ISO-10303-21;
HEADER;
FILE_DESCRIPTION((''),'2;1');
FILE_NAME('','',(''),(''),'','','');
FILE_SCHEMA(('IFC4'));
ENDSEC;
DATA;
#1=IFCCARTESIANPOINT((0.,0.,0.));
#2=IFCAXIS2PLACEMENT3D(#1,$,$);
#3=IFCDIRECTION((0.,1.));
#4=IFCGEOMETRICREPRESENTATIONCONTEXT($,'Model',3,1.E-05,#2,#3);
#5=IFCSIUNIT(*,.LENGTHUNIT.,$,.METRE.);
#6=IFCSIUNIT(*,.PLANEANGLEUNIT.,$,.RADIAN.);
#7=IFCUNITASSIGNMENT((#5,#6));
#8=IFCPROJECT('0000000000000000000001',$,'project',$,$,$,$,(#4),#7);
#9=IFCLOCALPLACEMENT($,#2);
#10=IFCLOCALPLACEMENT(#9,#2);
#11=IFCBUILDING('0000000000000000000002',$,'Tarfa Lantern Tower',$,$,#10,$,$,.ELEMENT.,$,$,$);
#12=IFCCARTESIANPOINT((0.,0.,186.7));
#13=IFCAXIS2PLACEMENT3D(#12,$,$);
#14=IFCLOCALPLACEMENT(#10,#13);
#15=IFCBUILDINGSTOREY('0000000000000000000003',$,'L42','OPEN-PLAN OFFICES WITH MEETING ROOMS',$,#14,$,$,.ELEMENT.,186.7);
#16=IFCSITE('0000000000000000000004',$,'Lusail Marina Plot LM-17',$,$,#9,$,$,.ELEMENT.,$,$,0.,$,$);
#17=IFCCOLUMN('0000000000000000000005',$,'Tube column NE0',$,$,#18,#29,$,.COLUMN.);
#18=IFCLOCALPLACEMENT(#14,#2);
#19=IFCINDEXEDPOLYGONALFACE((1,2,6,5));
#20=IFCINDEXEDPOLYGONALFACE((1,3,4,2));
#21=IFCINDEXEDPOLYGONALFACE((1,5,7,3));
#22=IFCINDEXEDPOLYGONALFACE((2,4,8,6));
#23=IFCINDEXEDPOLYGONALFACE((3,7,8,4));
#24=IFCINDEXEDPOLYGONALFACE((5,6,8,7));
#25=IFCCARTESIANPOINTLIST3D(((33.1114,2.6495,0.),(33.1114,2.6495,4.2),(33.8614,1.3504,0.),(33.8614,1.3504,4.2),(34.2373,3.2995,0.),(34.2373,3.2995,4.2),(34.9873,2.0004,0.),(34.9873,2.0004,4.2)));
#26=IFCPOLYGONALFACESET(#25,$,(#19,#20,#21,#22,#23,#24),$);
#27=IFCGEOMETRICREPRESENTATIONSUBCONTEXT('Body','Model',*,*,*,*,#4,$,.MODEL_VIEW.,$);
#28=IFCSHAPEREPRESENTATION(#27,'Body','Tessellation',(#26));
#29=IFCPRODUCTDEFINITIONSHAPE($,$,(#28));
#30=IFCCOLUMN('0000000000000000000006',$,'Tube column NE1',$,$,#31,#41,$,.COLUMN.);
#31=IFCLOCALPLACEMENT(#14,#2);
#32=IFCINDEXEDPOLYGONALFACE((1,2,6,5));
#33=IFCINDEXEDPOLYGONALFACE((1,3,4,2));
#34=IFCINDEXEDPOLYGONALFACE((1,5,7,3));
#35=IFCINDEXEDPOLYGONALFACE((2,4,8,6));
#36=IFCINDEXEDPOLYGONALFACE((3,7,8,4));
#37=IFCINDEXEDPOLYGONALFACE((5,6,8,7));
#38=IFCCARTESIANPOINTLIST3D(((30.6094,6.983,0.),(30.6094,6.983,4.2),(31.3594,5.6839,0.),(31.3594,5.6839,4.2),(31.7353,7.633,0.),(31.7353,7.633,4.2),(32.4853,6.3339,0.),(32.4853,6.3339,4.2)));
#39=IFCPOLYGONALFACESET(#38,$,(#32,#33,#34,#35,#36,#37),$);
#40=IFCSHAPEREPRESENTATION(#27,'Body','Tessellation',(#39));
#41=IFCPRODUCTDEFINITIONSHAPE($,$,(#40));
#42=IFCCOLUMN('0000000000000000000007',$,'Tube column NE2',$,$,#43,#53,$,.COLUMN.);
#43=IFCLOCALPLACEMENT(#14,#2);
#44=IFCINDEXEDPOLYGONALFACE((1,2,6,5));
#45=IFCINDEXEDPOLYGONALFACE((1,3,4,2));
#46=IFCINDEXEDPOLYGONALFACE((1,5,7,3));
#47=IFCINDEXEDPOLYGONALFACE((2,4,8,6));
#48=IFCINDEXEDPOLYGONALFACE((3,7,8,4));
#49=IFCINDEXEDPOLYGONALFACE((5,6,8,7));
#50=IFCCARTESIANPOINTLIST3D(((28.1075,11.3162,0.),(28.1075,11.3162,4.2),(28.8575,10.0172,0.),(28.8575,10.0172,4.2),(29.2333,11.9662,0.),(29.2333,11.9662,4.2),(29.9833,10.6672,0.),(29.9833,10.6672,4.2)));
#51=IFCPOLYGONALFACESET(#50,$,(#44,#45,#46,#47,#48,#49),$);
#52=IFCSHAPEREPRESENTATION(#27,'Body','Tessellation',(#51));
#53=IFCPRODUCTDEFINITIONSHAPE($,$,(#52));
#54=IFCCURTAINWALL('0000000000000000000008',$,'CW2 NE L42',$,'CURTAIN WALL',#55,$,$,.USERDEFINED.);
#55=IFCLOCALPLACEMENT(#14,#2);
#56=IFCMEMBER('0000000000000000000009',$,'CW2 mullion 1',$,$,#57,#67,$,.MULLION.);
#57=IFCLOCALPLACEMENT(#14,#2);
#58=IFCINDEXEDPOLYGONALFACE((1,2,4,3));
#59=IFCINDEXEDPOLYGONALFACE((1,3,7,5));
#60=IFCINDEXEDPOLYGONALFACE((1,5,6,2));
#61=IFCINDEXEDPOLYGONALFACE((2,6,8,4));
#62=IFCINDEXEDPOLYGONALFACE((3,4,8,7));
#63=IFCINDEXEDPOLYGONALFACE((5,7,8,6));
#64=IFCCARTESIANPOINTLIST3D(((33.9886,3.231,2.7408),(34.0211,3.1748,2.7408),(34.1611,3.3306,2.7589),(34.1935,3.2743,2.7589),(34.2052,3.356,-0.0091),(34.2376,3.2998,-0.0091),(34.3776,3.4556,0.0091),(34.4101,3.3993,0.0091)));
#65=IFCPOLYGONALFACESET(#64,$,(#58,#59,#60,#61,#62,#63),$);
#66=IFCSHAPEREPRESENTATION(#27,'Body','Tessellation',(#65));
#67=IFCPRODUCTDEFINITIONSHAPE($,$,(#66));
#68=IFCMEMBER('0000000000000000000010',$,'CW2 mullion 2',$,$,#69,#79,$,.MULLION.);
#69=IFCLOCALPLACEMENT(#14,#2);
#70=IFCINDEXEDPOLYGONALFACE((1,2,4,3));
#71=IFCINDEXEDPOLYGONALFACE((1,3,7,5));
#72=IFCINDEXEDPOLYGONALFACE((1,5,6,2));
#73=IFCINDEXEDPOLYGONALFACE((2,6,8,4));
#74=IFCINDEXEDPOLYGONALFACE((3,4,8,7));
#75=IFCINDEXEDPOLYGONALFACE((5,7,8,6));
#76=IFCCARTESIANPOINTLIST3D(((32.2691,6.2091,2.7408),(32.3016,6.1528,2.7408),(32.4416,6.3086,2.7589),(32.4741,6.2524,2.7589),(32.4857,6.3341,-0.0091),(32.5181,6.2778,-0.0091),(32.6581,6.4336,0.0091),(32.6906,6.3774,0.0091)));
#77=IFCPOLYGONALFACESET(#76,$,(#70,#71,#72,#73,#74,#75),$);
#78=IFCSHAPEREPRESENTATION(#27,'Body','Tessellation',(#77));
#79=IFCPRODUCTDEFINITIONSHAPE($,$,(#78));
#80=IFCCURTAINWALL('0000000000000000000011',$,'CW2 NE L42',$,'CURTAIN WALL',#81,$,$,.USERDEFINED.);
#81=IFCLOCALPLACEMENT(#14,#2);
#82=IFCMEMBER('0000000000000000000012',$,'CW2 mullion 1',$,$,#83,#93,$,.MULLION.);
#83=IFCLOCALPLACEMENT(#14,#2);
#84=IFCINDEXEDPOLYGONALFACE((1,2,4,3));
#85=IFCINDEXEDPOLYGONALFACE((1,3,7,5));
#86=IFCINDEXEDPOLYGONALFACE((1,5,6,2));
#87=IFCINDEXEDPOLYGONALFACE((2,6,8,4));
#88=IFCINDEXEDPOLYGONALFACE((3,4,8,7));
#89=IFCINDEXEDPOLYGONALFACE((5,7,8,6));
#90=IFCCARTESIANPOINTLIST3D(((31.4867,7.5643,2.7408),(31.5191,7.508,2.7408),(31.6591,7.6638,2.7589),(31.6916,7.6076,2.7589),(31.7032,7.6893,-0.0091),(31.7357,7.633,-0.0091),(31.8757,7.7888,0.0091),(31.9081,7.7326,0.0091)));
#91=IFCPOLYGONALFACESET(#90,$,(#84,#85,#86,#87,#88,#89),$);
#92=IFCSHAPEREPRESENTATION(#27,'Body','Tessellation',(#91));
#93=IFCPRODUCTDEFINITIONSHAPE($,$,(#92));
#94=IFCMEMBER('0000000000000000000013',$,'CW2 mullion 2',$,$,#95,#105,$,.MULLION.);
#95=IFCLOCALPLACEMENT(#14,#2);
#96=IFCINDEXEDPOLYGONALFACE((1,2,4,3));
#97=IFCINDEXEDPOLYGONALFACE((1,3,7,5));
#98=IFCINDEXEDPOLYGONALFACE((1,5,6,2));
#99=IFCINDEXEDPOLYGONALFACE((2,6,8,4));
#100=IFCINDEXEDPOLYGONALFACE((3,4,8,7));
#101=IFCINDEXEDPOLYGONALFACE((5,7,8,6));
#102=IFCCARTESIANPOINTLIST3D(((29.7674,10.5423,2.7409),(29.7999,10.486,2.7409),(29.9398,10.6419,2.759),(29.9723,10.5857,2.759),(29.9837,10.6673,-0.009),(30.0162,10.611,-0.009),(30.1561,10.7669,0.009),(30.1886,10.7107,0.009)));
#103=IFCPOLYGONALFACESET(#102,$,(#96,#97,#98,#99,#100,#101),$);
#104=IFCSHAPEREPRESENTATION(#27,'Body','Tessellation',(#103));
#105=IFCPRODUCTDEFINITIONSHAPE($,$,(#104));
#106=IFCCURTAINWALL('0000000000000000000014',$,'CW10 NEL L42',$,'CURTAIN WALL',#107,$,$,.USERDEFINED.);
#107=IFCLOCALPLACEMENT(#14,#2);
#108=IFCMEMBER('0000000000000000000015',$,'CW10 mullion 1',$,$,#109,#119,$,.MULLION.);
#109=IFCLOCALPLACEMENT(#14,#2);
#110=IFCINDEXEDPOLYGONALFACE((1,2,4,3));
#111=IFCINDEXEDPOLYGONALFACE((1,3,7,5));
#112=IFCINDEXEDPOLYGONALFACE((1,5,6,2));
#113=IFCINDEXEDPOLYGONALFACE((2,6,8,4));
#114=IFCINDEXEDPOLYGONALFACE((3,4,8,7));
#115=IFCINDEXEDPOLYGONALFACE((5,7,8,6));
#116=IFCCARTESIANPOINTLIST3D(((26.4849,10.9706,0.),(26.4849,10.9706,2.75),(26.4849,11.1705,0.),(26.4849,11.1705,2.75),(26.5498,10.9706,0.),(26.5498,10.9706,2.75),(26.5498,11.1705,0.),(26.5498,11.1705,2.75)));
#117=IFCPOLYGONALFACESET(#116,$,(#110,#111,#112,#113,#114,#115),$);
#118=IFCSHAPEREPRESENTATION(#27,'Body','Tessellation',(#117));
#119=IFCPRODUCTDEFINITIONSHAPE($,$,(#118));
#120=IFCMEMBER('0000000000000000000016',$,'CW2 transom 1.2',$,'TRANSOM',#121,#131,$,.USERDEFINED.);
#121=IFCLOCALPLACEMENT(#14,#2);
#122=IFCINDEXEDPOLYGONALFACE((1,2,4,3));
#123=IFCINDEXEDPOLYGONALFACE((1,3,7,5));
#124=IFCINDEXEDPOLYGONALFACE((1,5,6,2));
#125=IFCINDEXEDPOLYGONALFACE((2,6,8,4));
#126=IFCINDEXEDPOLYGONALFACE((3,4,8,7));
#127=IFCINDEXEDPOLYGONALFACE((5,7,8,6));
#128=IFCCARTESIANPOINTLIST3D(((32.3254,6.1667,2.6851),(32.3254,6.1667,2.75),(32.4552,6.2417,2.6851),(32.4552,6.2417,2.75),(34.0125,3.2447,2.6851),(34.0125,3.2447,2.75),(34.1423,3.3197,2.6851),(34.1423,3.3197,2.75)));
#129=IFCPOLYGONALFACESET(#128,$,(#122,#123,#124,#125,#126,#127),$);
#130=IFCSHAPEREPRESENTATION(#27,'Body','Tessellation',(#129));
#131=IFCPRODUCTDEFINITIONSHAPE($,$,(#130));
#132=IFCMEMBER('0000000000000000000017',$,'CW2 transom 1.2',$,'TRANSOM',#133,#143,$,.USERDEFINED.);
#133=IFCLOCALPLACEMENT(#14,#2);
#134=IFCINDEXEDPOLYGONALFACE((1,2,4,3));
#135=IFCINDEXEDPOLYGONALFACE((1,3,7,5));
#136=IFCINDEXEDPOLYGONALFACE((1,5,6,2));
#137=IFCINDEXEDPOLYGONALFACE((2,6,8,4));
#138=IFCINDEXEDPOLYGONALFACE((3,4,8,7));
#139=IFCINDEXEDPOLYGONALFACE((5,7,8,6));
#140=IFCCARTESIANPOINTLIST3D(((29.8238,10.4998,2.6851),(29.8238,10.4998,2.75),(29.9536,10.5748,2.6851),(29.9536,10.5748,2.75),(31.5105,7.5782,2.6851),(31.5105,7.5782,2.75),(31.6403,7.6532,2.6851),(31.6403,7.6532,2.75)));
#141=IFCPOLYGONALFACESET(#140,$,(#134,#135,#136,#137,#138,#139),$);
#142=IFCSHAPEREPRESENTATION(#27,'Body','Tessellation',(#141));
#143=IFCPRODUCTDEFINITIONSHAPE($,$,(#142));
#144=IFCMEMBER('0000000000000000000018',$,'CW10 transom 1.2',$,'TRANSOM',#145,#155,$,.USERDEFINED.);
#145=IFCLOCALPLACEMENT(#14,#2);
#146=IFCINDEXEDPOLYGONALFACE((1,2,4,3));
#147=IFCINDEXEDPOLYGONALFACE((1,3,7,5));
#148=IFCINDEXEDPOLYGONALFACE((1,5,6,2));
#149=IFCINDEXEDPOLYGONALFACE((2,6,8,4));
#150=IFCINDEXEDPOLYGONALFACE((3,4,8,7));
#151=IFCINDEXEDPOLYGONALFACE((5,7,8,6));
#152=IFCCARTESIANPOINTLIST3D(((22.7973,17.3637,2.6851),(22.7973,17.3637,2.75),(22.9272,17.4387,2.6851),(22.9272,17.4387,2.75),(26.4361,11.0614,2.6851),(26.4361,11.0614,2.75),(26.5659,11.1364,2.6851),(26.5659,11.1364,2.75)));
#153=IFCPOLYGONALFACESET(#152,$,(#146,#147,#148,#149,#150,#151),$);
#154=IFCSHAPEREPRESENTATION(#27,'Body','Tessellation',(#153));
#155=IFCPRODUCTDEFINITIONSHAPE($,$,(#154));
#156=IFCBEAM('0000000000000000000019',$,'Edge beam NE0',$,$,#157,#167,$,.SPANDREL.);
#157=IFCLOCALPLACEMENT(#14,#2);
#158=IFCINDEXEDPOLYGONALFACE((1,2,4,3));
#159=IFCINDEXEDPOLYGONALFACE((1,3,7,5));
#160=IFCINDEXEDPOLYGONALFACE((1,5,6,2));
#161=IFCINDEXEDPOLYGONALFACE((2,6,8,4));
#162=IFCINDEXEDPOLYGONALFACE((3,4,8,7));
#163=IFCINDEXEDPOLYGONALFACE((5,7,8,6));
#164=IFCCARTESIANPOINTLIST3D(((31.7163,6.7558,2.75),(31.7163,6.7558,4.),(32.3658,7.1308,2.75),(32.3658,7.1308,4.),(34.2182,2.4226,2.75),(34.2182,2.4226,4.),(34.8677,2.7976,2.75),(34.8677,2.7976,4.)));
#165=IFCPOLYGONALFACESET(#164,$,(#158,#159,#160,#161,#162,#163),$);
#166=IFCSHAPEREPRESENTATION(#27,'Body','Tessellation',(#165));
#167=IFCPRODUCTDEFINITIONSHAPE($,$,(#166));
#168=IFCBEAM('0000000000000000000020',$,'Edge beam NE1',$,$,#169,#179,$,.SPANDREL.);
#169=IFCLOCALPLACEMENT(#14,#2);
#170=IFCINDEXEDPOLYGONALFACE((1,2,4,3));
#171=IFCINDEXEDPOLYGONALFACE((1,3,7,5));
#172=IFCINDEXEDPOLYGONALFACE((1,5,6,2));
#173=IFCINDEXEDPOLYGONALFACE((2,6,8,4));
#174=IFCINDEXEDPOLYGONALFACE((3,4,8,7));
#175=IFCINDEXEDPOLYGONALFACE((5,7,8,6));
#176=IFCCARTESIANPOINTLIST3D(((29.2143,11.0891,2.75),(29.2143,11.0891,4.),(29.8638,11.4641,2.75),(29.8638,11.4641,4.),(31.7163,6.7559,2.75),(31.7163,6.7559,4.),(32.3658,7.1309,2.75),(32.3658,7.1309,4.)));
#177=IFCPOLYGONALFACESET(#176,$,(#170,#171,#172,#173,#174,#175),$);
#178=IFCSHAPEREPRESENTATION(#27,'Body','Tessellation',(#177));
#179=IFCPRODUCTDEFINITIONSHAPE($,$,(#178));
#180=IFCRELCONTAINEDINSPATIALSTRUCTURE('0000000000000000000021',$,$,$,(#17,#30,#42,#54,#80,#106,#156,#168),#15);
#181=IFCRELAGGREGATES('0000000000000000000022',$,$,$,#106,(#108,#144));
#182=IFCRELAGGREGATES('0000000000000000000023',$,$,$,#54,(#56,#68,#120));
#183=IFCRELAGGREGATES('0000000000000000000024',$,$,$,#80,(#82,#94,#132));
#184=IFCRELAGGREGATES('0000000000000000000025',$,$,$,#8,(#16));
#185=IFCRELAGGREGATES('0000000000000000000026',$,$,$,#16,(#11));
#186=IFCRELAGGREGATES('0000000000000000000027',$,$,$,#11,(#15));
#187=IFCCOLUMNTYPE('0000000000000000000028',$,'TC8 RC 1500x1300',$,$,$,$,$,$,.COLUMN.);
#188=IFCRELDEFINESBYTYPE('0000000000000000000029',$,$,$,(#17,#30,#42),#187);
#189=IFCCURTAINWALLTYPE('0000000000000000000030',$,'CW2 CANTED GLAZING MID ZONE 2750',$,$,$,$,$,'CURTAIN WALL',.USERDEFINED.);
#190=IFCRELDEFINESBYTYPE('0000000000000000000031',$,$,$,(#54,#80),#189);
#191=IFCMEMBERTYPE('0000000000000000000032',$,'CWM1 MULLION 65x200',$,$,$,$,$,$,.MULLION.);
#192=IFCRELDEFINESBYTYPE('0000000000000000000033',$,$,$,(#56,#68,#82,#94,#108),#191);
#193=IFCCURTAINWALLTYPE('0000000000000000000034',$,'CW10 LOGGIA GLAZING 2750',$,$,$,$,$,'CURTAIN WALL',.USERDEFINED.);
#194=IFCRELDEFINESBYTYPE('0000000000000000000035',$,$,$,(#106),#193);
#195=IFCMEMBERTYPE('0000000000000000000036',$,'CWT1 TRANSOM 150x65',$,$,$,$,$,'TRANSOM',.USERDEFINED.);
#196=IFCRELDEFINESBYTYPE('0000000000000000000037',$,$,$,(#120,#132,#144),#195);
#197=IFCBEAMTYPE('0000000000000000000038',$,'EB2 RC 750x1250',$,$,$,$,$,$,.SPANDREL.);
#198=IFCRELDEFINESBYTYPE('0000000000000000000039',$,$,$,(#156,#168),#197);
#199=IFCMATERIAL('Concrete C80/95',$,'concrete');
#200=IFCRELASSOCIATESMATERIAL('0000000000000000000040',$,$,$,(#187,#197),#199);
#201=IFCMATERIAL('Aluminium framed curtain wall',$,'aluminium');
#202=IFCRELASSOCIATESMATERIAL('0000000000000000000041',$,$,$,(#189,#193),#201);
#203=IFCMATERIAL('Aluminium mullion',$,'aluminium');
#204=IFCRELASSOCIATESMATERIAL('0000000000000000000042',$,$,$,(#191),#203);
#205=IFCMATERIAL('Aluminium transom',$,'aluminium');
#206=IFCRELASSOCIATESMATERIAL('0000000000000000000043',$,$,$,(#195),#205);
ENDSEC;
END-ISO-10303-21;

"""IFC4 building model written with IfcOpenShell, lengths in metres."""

from ifc_helpers import new_model, si_unit, direction, frame, origin, origin_2d, place, context, subcontext, project, spatial, rectangle, extrude, material, material_profile, profile_set, type_object, element, aggregate, save


model = new_model("IFC4")

# Units and contexts
model_context = context("Model", 3, precision=1e-05, world=origin(), true_north=direction((0.0, 1.0)))
body_context = subcontext(model_context, "Body", "Model", "MODEL_VIEW")
ifc_project = project(units=[si_unit("LENGTHUNIT", "METRE"), si_unit("PLANEANGLEUNIT", "RADIAN")], contexts=[model_context])

# Site, building, storey
site_placement = place(None, origin())
site = spatial("IfcSite", under=ifc_project, at=site_placement, Name="Lusail Marina Plot LM-17", CompositionType="ELEMENT", RefElevation=0.0)
building_placement = place(site_placement, origin())
building = spatial("IfcBuilding", under=site, at=building_placement, Name="Tarfa Lantern Tower", CompositionType="ELEMENT")
storey_placement = place(building_placement, frame((0.0, 0.0, 186.7)))
storey = spatial("IfcBuildingStorey", under=building, at=storey_placement, Name="L42", Description="OPEN-PLAN OFFICES WITH MEETING ROOMS", CompositionType="ELEMENT", Elevation=186.7)

# Columns
ifc_material_1 = material(Name="Concrete C80/95", Category="concrete")
ifc_material_profile_1 = material_profile(ifc_material_1, rectangle(XDim=1.5, YDim=1.3, at=origin_2d()), Name="RC 1500x1300")
ifc_profile_set_1 = profile_set([ifc_material_profile_1], Name="Concrete C80/95")
column_type = type_object("IfcColumnType", Name="TC8 RC 1500x1300", PredefinedType="COLUMN", material=ifc_profile_set_1)
for number, where, z_axis, x_axis, name in (
    (1, (34.0493, 2.325, 0.0), (0.0, 0.0, 1.0), (-0.5, 0.866025, 0.0), "Tube column NE0"),
    (2, (31.5474, 6.6584, 0.0), (0.0, 0.0, 1.0), (-0.5, 0.866025, 0.0), "Tube column NE1"),
    (3, (29.0454, 10.9917, 0.0), (0.0, 0.0, 1.0), (-0.5, 0.866025, 0.0), "Tube column NE2"),
):
    element("IfcColumn", number, at=place(storey_placement, frame(where, z_axis=z_axis, x_axis=x_axis)), inside=storey, type_object=column_type, Name=name, PredefinedType="COLUMN", context=body_context, shape_type="SweptSolid", body=[
        extrude(rectangle(XDim=1.5, YDim=1.3, at=origin_2d()), origin(), (0.0, 0.0, 1.0), 4.2),
    ])

# Curtain walls, members
ifc_material_2 = material(Name="Aluminium framed curtain wall", Category="aluminium")
curtain_wall_type_1 = type_object("IfcCurtainWallType", Name="CW2 CANTED GLAZING MID ZONE 2750", ElementType="CURTAIN WALL", PredefinedType="USERDEFINED", material=ifc_material_2)
curtain_wall_1_placement = place(storey_placement, origin())
curtain_wall_1 = element("IfcCurtainWall", 4, at=curtain_wall_1_placement, inside=storey, type_object=curtain_wall_type_1, Name="CW2 NE L42", ObjectType="CURTAIN WALL", PredefinedType="USERDEFINED")
ifc_material_3 = material(Name="Aluminium mullion", Category="aluminium")
ifc_material_profile_2 = material_profile(ifc_material_3, rectangle(XDim=0.0649, YDim=0.2, at=origin_2d()), Name="AL MULLION 65x200")
ifc_profile_set_2 = profile_set([ifc_material_profile_2], Name="Aluminium mullion")
member_type_1 = type_object("IfcMemberType", Name="CWM1 MULLION 65x200", PredefinedType="MULLION", material=ifc_profile_set_2)
member_1_placement = place(storey_placement, frame((34.3076, 3.3777, 0.0), z_axis=(-0.078423, -0.045268, 0.995892), x_axis=(0.49992, -0.866072, 0.0)))
member_1 = element("IfcMember", 5, at=member_1_placement, type_object=member_type_1, Name="CW2 mullion 1", PredefinedType="MULLION", context=body_context, shape_type="SweptSolid", body=[
    extrude(rectangle(XDim=0.0649, YDim=0.2, at=origin_2d()), origin(), (0.0, 0.0, 1.0), 2.7612),
])
member_2_placement = place(storey_placement, frame((32.5881, 6.3557, 0.0), z_axis=(-0.078423, -0.045268, 0.995892), x_axis=(0.49992, -0.866072, 0.0)))
member_2 = element("IfcMember", 6, at=member_2_placement, type_object=member_type_1, Name="CW2 mullion 2", PredefinedType="MULLION", context=body_context, shape_type="SweptSolid", body=[
    extrude(rectangle(XDim=0.0649, YDim=0.2, at=origin_2d()), origin(), (0.0, 0.0, 1.0), 2.7612),
])
curtain_wall_2_placement = place(storey_placement, origin())
curtain_wall_2 = element("IfcCurtainWall", 7, at=curtain_wall_2_placement, inside=storey, type_object=curtain_wall_type_1, Name="CW2 NE L42", ObjectType="CURTAIN WALL", PredefinedType="USERDEFINED")
member_3_placement = place(storey_placement, frame((31.8057, 7.7109, 0.0), z_axis=(-0.078423, -0.045268, 0.995892), x_axis=(0.49992, -0.866072, 0.0)))
member_3 = element("IfcMember", 8, at=member_3_placement, type_object=member_type_1, Name="CW2 mullion 1", PredefinedType="MULLION", context=body_context, shape_type="SweptSolid", body=[
    extrude(rectangle(XDim=0.0649, YDim=0.2, at=origin_2d()), origin(), (0.0, 0.0, 1.0), 2.7612),
])
member_4_placement = place(storey_placement, frame((30.0862, 10.689, 0.0), z_axis=(-0.078335, -0.045268, 0.995899), x_axis=(0.500343, -0.865827, 0.0)))
member_4 = element("IfcMember", 9, at=member_4_placement, type_object=member_type_1, Name="CW2 mullion 2", PredefinedType="MULLION", context=body_context, shape_type="SweptSolid", body=[
    extrude(rectangle(XDim=0.0649, YDim=0.2, at=origin_2d()), origin(), (0.0, 0.0, 1.0), 2.7612),
])

# Curtain wall, member
curtain_wall_type_2 = type_object("IfcCurtainWallType", Name="CW10 LOGGIA GLAZING 2750", ElementType="CURTAIN WALL", PredefinedType="USERDEFINED", material=ifc_material_2)
curtain_wall_3_placement = place(storey_placement, origin())
curtain_wall_3 = element("IfcCurtainWall", 10, at=curtain_wall_3_placement, inside=storey, type_object=curtain_wall_type_2, Name="CW10 NEL L42", ObjectType="CURTAIN WALL", PredefinedType="USERDEFINED")
member_5_placement = place(storey_placement, frame((26.5173, 11.0706, 0.0), z_axis=(0.0, 0.0, 1.0), x_axis=(1.0, 0.0, 0.0)))
member_5 = element("IfcMember", 11, at=member_5_placement, type_object=member_type_1, Name="CW10 mullion 1", PredefinedType="MULLION", context=body_context, shape_type="SweptSolid", body=[
    extrude(rectangle(XDim=0.0649, YDim=0.2, at=origin_2d()), origin(), (0.0, 0.0, 1.0), 2.75),
])

# Members
ifc_material_4 = material(Name="Aluminium transom", Category="aluminium")
ifc_material_profile_3 = material_profile(ifc_material_4, rectangle(XDim=0.1499, YDim=0.0649, at=origin_2d()), Name="AL TRANSOM 150x65")
ifc_profile_set_3 = profile_set([ifc_material_profile_3], Name="Aluminium transom")
member_type_2 = type_object("IfcMemberType", Name="CWT1 TRANSOM 150x65", ElementType="TRANSOM", PredefinedType="USERDEFINED", material=ifc_profile_set_3)
member_6_placement = place(storey_placement, frame((34.0774, 3.2822, 2.7175), z_axis=(-0.500015, 0.866017, 0.0), x_axis=(-0.866017, -0.500015, 0.0)))
member_6 = element("IfcMember", 12, at=member_6_placement, type_object=member_type_2, Name="CW2 transom 1.2", ObjectType="TRANSOM", PredefinedType="USERDEFINED", context=body_context, shape_type="SweptSolid", body=[
    extrude(rectangle(XDim=0.1499, YDim=0.0649, at=origin_2d()), origin(), (0.0, 0.0, 1.0), 3.374),
])
member_7_placement = place(storey_placement, frame((31.5754, 7.6157, 2.7175), z_axis=(-0.499992, 0.86603, 0.0), x_axis=(-0.86603, -0.499992, 0.0)))
member_7 = element("IfcMember", 13, at=member_7_placement, type_object=member_type_2, Name="CW2 transom 1.2", ObjectType="TRANSOM", PredefinedType="USERDEFINED", context=body_context, shape_type="SweptSolid", body=[
    extrude(rectangle(XDim=0.1499, YDim=0.0649, at=origin_2d()), origin(), (0.0, 0.0, 1.0), 3.3735),
])
member_8_placement = place(storey_placement, frame((26.501, 11.0989, 2.7175), z_axis=(-0.500007, 0.866021, 0.0), x_axis=(-0.866021, -0.500007, 0.0)))
member_8 = element("IfcMember", 14, at=member_8_placement, type_object=member_type_2, Name="CW10 transom 1.2", ObjectType="TRANSOM", PredefinedType="USERDEFINED", context=body_context, shape_type="SweptSolid", body=[
    extrude(rectangle(XDim=0.1499, YDim=0.0649, at=origin_2d()), origin(), (0.0, 0.0, 1.0), 7.2773),
])
aggregate(curtain_wall_3, [member_5, member_8])

# Beams
ifc_material_profile_4 = material_profile(ifc_material_1, rectangle(XDim=0.75, YDim=1.25, at=origin_2d()), Name="RC 750x1250")
ifc_profile_set_4 = profile_set([ifc_material_profile_4], Name="Concrete C80/95")
beam_type_1 = type_object("IfcBeamType", Name="EB2 RC 750x1250", PredefinedType="SPANDREL", material=ifc_profile_set_4)
for number, where, z_axis, x_axis, name in (
    (15, (34.543, 2.6101, 3.375), (-0.500022, 0.866013, 0.0), (-0.866013, -0.500022, 0.0), "Edge beam NE0"),
    (16, (32.041, 6.9434, 3.375), (-0.500022, 0.866013, 0.0), (-0.866013, -0.500022, 0.0), "Edge beam NE1"),
):
    element("IfcBeam", number, at=place(storey_placement, frame(where, z_axis=z_axis, x_axis=x_axis)), inside=storey, type_object=beam_type_1, Name=name, PredefinedType="SPANDREL", context=body_context, shape_type="SweptSolid", body=[
        extrude(rectangle(XDim=0.75, YDim=1.25, at=origin_2d()), origin(), (0.0, 0.0, 1.0), 5.0037),
    ])

aggregate(curtain_wall_1, [member_1, member_2, member_6])
aggregate(curtain_wall_2, [member_3, member_4, member_7])

save(model, "model.ifc")
